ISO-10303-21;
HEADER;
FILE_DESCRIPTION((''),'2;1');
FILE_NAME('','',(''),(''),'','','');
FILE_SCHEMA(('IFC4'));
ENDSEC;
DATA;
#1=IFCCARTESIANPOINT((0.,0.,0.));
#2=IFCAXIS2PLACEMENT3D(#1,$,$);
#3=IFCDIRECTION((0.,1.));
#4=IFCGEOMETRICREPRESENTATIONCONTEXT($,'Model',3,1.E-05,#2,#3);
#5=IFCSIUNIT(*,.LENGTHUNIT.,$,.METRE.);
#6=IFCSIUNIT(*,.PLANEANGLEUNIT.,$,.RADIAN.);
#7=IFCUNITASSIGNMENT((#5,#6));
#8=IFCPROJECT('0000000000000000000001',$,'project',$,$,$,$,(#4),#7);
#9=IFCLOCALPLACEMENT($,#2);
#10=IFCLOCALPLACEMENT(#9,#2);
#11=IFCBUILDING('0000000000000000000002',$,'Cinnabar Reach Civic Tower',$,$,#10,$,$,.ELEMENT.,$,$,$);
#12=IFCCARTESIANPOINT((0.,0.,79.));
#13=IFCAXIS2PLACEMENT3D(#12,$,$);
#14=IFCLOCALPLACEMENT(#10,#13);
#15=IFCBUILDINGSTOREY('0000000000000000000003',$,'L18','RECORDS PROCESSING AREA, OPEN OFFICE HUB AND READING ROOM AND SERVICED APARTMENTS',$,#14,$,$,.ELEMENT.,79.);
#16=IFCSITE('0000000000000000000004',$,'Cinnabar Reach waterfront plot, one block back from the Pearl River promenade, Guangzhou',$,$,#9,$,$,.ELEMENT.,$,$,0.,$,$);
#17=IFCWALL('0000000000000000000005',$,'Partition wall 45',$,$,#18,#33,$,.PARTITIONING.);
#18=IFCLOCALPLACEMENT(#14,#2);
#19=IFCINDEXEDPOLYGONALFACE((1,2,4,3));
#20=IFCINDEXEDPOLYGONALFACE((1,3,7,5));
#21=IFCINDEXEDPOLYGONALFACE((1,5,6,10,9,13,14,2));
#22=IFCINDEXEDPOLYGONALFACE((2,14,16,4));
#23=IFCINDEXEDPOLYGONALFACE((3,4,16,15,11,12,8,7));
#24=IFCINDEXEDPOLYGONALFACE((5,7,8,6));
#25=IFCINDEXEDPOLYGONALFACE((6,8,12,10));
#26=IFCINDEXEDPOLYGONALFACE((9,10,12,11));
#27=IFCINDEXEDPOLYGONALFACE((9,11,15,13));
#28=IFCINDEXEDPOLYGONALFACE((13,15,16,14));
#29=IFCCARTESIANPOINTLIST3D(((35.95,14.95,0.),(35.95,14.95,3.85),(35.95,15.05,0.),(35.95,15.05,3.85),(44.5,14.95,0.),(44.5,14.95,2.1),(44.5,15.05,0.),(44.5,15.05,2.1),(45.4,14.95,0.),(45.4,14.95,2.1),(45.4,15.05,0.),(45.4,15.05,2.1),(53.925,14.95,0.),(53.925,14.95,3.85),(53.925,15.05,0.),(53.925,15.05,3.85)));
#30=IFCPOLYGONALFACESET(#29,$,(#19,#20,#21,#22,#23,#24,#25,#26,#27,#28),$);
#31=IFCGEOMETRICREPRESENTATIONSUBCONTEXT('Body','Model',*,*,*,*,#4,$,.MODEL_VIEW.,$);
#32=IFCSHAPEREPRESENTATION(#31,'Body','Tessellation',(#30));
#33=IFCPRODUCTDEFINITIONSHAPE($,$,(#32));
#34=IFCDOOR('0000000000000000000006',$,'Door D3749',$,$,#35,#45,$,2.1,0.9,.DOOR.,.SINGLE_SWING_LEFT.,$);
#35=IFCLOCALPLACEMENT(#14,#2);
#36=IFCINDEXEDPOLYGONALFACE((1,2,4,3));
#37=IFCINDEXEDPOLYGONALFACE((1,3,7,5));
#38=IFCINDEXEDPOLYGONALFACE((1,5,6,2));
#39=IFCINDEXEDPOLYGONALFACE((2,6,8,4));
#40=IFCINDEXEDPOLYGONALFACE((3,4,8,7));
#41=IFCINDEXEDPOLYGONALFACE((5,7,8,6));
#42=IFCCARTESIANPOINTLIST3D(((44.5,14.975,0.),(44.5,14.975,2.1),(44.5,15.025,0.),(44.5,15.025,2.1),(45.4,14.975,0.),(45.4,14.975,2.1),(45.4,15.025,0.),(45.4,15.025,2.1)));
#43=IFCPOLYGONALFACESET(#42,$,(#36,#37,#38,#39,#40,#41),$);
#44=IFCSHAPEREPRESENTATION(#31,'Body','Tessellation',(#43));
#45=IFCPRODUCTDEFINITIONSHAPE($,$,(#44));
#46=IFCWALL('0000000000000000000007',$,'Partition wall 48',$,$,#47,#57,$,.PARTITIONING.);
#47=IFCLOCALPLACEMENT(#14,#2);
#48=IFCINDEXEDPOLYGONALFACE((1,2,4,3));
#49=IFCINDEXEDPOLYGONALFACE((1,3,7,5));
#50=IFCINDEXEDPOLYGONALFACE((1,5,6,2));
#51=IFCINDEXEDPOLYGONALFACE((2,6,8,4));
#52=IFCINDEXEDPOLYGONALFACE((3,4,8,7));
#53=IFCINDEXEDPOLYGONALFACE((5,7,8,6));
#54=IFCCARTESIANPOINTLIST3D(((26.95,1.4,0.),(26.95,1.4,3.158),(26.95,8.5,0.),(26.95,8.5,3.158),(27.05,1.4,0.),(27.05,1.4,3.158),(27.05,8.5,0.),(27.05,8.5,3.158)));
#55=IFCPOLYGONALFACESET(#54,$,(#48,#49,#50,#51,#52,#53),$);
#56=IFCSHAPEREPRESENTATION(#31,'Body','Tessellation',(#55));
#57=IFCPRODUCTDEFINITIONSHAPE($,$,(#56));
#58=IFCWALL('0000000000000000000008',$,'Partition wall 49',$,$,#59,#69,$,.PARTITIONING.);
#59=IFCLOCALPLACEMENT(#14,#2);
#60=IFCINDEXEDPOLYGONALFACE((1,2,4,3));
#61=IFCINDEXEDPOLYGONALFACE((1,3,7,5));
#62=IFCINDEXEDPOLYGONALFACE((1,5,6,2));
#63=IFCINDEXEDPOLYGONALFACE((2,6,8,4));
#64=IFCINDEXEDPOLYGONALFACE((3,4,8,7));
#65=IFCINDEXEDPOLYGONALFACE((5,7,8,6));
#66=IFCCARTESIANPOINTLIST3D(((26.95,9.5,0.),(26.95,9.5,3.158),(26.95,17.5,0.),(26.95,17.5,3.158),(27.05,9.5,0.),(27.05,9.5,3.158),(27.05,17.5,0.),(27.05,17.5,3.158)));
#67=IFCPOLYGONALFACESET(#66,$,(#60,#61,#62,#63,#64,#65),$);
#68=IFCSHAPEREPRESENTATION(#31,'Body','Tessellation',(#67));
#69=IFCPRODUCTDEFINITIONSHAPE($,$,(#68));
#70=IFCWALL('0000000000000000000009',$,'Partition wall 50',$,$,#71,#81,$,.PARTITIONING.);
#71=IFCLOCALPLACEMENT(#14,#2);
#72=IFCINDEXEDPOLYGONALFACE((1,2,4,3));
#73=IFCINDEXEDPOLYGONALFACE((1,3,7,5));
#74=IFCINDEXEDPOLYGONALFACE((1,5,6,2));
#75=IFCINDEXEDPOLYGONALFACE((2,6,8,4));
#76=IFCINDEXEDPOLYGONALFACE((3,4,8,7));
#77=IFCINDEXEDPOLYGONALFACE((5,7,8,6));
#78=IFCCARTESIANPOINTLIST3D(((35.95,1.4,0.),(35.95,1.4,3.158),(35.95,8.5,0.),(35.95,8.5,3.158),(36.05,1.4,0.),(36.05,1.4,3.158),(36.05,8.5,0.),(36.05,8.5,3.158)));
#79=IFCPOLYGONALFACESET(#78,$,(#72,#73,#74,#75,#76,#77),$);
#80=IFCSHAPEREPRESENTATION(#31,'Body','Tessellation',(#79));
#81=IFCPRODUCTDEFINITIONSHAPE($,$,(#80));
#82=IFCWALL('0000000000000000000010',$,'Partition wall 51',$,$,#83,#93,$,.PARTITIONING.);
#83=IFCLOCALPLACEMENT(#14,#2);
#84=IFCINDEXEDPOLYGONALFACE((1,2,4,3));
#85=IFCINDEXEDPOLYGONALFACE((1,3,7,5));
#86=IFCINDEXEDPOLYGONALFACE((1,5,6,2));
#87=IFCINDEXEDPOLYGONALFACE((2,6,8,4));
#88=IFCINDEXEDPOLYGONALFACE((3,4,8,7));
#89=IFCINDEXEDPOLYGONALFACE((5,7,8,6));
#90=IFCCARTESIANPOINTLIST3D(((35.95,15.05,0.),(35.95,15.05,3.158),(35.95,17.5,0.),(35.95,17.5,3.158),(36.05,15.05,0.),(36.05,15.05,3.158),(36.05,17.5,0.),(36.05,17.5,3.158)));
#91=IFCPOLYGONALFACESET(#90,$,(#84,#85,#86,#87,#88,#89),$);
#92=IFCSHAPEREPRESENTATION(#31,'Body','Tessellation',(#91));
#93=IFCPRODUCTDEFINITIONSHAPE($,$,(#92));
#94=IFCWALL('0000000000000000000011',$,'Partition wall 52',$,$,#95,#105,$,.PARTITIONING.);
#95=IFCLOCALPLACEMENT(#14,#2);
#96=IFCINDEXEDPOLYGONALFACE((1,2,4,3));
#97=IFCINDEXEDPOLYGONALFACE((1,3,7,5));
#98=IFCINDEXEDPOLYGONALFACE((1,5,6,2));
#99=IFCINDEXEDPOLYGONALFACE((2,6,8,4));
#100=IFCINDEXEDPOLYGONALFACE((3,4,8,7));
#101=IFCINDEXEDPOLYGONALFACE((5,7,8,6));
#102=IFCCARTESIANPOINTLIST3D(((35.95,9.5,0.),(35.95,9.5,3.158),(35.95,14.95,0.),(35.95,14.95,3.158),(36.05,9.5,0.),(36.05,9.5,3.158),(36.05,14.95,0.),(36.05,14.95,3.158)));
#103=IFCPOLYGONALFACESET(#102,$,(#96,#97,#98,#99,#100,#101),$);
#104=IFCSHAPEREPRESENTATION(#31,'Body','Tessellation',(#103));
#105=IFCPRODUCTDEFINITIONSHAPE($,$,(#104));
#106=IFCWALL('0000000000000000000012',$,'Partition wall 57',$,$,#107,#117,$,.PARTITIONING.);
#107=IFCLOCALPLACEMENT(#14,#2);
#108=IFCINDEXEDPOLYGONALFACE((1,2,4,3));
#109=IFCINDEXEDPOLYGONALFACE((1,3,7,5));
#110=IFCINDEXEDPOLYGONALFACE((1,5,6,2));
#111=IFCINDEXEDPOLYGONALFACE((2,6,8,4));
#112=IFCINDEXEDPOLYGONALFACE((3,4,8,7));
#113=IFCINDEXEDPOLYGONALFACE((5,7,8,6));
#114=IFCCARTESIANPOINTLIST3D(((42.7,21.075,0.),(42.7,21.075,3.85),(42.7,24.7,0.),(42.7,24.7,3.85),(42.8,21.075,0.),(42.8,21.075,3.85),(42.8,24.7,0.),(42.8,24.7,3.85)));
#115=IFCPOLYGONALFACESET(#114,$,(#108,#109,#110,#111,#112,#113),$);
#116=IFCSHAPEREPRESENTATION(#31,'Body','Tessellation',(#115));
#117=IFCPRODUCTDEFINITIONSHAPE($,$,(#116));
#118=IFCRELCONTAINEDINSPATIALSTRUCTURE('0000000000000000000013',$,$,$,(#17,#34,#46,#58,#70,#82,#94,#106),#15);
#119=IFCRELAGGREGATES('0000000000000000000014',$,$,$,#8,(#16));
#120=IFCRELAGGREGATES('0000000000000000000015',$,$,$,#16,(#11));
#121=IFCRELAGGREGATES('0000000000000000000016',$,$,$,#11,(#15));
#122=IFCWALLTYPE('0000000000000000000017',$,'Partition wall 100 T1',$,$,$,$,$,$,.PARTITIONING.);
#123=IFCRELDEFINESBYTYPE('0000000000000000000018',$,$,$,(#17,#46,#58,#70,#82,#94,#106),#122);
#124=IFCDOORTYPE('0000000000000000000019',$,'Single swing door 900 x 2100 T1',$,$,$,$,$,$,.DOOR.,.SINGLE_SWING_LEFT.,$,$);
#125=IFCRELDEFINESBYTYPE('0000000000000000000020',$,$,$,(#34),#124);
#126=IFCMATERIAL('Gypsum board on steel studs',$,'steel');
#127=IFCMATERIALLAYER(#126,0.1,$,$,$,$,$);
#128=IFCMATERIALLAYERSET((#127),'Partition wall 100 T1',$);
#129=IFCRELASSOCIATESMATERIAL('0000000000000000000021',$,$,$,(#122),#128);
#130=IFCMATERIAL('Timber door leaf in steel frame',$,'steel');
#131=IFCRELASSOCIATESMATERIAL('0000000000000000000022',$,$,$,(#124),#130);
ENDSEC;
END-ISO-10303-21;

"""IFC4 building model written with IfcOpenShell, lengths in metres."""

from ifc_helpers import new_model, si_unit, direction, frame, frame_2d, origin, place, context, subcontext, project, spatial, rectangle, extrude, material, layer, layer_set, type_object, element, fill, save


model = new_model("IFC4")

# Units and contexts
model_context = context("Model", 3, precision=1e-05, world=origin(), true_north=direction((0.0, 1.0)))
body_context = subcontext(model_context, "Body", "Model", "MODEL_VIEW")
ifc_project = project(units=[si_unit("LENGTHUNIT", "METRE"), si_unit("PLANEANGLEUNIT", "RADIAN")], contexts=[model_context])

# Site, building, storey
site_placement = place(None, origin())
site = spatial("IfcSite", under=ifc_project, at=site_placement, Name="Cinnabar Reach waterfront plot, one block back from the Pearl River promenade, Guangzhou", CompositionType="ELEMENT", RefElevation=0.0)
building_placement = place(site_placement, origin())
building = spatial("IfcBuilding", under=site, at=building_placement, Name="Cinnabar Reach Civic Tower", CompositionType="ELEMENT")
storey_placement = place(building_placement, frame((0.0, 0.0, 79.0)))
storey = spatial("IfcBuildingStorey", under=building, at=storey_placement, Name="L18", Description="RECORDS PROCESSING AREA, OPEN OFFICE HUB AND READING ROOM AND SERVICED APARTMENTS", CompositionType="ELEMENT", Elevation=79.0)

# Wall, opening, door
ifc_material_1 = material(Name="Timber door leaf in steel frame", Category="steel")
ifc_material_2 = material(Name="Gypsum board on steel studs", Category="steel")
ifc_layer_1 = layer(ifc_material_2, 0.1)
ifc_layer_set_1 = layer_set([ifc_layer_1], Name="Partition wall 100 T1")
wall_type_1 = type_object("IfcWallType", Name="Partition wall 100 T1", PredefinedType="PARTITIONING", material=ifc_layer_set_1)
wall_1_placement = place(storey_placement, frame((35.95, 15.0, 0.0), z_axis=(0.0, 0.0, 1.0), x_axis=(1.0, 0.0, 0.0)))
wall_1 = element("IfcWall", 1, at=wall_1_placement, inside=storey, type_object=wall_type_1, Name="Partition wall 45", PredefinedType="PARTITIONING", context=body_context, shape_type="SweptSolid", body=[
    extrude(rectangle(XDim=17.975, YDim=0.1, at=frame_2d((8.9875, 0.0))), origin(), (0.0, 0.0, 1.0), 3.85),
])
opening_1_placement = place(wall_1_placement, frame((8.55, 0.0, 0.0)))
opening_1 = element("IfcOpeningElement", 2, at=opening_1_placement, cuts=wall_1, PredefinedType="OPENING", context=body_context, shape_type="SweptSolid", body=[
    extrude(rectangle(XDim=0.9, YDim=2.1, at=frame_2d((0.45, 1.05))), frame((0.0, 0.06, 0.0), z_axis=(0.0, -1.0, 0.0), x_axis=(1.0, 0.0, 0.0)), (0.0, 0.0, 1.0), 0.12),
])
door_type_1 = type_object("IfcDoorType", Name="Single swing door 900 x 2100 T1", OperationType="SINGLE_SWING_LEFT", PredefinedType="DOOR", material=ifc_material_1)
door_1_placement = place(opening_1_placement, origin())
door_1 = element("IfcDoor", 3, at=door_1_placement, inside=storey, type_object=door_type_1, Name="Door D3749", OperationType="SINGLE_SWING_LEFT", OverallHeight=2.1, OverallWidth=0.9, PredefinedType="DOOR", context=body_context, shape_type="SweptSolid", body=[
    extrude(rectangle(XDim=0.9, YDim=2.1, at=frame_2d((0.45, 1.05))), frame((0.0, 0.025, 0.0), z_axis=(0.0, -1.0, 0.0), x_axis=(1.0, 0.0, 0.0)), (0.0, 0.0, 1.0), 0.05),
])
fill(opening_1, door_1)

# Walls
wall_2_placement = place(storey_placement, frame((27.0, 1.4, 0.0), z_axis=(0.0, 0.0, 1.0), x_axis=(0.0, 1.0, 0.0)))
element("IfcWall", 4, at=wall_2_placement, inside=storey, type_object=wall_type_1, Name="Partition wall 48", PredefinedType="PARTITIONING", context=body_context, shape_type="SweptSolid", body=[
    extrude(rectangle(XDim=7.1, YDim=0.1, at=frame_2d((3.55, 0.0))), origin(), (0.0, 0.0, 1.0), 3.158),
])
wall_3_placement = place(storey_placement, frame((27.0, 9.5, 0.0), z_axis=(0.0, 0.0, 1.0), x_axis=(0.0, 1.0, 0.0)))
element("IfcWall", 5, at=wall_3_placement, inside=storey, type_object=wall_type_1, Name="Partition wall 49", PredefinedType="PARTITIONING", context=body_context, shape_type="SweptSolid", body=[
    extrude(rectangle(XDim=8.0, YDim=0.1, at=frame_2d((4.0, 0.0))), origin(), (0.0, 0.0, 1.0), 3.158),
])
wall_4_placement = place(storey_placement, frame((36.0, 1.4, 0.0), z_axis=(0.0, 0.0, 1.0), x_axis=(0.0, 1.0, 0.0)))
element("IfcWall", 6, at=wall_4_placement, inside=storey, type_object=wall_type_1, Name="Partition wall 50", PredefinedType="PARTITIONING", context=body_context, shape_type="SweptSolid", body=[
    extrude(rectangle(XDim=7.1, YDim=0.1, at=frame_2d((3.55, 0.0))), origin(), (0.0, 0.0, 1.0), 3.158),
])
wall_5_placement = place(storey_placement, frame((36.0, 15.05, 0.0), z_axis=(0.0, 0.0, 1.0), x_axis=(0.0, 1.0, 0.0)))
element("IfcWall", 7, at=wall_5_placement, inside=storey, type_object=wall_type_1, Name="Partition wall 51", PredefinedType="PARTITIONING", context=body_context, shape_type="SweptSolid", body=[
    extrude(rectangle(XDim=2.45, YDim=0.1, at=frame_2d((1.225, 0.0))), origin(), (0.0, 0.0, 1.0), 3.158),
])
wall_6_placement = place(storey_placement, frame((36.0, 9.5, 0.0), z_axis=(0.0, 0.0, 1.0), x_axis=(0.0, 1.0, 0.0)))
element("IfcWall", 8, at=wall_6_placement, inside=storey, type_object=wall_type_1, Name="Partition wall 52", PredefinedType="PARTITIONING", context=body_context, shape_type="SweptSolid", body=[
    extrude(rectangle(XDim=5.45, YDim=0.1, at=frame_2d((2.725, 0.0))), origin(), (0.0, 0.0, 1.0), 3.158),
])
wall_7_placement = place(storey_placement, frame((42.75, 21.075, 0.0), z_axis=(0.0, 0.0, 1.0), x_axis=(0.0, 1.0, 0.0)))
element("IfcWall", 9, at=wall_7_placement, inside=storey, type_object=wall_type_1, Name="Partition wall 57", PredefinedType="PARTITIONING", context=body_context, shape_type="SweptSolid", body=[
    extrude(rectangle(XDim=3.625, YDim=0.1, at=frame_2d((1.8125, 0.0))), origin(), (0.0, 0.0, 1.0), 3.85),
])

save(model, "model.ifc")
